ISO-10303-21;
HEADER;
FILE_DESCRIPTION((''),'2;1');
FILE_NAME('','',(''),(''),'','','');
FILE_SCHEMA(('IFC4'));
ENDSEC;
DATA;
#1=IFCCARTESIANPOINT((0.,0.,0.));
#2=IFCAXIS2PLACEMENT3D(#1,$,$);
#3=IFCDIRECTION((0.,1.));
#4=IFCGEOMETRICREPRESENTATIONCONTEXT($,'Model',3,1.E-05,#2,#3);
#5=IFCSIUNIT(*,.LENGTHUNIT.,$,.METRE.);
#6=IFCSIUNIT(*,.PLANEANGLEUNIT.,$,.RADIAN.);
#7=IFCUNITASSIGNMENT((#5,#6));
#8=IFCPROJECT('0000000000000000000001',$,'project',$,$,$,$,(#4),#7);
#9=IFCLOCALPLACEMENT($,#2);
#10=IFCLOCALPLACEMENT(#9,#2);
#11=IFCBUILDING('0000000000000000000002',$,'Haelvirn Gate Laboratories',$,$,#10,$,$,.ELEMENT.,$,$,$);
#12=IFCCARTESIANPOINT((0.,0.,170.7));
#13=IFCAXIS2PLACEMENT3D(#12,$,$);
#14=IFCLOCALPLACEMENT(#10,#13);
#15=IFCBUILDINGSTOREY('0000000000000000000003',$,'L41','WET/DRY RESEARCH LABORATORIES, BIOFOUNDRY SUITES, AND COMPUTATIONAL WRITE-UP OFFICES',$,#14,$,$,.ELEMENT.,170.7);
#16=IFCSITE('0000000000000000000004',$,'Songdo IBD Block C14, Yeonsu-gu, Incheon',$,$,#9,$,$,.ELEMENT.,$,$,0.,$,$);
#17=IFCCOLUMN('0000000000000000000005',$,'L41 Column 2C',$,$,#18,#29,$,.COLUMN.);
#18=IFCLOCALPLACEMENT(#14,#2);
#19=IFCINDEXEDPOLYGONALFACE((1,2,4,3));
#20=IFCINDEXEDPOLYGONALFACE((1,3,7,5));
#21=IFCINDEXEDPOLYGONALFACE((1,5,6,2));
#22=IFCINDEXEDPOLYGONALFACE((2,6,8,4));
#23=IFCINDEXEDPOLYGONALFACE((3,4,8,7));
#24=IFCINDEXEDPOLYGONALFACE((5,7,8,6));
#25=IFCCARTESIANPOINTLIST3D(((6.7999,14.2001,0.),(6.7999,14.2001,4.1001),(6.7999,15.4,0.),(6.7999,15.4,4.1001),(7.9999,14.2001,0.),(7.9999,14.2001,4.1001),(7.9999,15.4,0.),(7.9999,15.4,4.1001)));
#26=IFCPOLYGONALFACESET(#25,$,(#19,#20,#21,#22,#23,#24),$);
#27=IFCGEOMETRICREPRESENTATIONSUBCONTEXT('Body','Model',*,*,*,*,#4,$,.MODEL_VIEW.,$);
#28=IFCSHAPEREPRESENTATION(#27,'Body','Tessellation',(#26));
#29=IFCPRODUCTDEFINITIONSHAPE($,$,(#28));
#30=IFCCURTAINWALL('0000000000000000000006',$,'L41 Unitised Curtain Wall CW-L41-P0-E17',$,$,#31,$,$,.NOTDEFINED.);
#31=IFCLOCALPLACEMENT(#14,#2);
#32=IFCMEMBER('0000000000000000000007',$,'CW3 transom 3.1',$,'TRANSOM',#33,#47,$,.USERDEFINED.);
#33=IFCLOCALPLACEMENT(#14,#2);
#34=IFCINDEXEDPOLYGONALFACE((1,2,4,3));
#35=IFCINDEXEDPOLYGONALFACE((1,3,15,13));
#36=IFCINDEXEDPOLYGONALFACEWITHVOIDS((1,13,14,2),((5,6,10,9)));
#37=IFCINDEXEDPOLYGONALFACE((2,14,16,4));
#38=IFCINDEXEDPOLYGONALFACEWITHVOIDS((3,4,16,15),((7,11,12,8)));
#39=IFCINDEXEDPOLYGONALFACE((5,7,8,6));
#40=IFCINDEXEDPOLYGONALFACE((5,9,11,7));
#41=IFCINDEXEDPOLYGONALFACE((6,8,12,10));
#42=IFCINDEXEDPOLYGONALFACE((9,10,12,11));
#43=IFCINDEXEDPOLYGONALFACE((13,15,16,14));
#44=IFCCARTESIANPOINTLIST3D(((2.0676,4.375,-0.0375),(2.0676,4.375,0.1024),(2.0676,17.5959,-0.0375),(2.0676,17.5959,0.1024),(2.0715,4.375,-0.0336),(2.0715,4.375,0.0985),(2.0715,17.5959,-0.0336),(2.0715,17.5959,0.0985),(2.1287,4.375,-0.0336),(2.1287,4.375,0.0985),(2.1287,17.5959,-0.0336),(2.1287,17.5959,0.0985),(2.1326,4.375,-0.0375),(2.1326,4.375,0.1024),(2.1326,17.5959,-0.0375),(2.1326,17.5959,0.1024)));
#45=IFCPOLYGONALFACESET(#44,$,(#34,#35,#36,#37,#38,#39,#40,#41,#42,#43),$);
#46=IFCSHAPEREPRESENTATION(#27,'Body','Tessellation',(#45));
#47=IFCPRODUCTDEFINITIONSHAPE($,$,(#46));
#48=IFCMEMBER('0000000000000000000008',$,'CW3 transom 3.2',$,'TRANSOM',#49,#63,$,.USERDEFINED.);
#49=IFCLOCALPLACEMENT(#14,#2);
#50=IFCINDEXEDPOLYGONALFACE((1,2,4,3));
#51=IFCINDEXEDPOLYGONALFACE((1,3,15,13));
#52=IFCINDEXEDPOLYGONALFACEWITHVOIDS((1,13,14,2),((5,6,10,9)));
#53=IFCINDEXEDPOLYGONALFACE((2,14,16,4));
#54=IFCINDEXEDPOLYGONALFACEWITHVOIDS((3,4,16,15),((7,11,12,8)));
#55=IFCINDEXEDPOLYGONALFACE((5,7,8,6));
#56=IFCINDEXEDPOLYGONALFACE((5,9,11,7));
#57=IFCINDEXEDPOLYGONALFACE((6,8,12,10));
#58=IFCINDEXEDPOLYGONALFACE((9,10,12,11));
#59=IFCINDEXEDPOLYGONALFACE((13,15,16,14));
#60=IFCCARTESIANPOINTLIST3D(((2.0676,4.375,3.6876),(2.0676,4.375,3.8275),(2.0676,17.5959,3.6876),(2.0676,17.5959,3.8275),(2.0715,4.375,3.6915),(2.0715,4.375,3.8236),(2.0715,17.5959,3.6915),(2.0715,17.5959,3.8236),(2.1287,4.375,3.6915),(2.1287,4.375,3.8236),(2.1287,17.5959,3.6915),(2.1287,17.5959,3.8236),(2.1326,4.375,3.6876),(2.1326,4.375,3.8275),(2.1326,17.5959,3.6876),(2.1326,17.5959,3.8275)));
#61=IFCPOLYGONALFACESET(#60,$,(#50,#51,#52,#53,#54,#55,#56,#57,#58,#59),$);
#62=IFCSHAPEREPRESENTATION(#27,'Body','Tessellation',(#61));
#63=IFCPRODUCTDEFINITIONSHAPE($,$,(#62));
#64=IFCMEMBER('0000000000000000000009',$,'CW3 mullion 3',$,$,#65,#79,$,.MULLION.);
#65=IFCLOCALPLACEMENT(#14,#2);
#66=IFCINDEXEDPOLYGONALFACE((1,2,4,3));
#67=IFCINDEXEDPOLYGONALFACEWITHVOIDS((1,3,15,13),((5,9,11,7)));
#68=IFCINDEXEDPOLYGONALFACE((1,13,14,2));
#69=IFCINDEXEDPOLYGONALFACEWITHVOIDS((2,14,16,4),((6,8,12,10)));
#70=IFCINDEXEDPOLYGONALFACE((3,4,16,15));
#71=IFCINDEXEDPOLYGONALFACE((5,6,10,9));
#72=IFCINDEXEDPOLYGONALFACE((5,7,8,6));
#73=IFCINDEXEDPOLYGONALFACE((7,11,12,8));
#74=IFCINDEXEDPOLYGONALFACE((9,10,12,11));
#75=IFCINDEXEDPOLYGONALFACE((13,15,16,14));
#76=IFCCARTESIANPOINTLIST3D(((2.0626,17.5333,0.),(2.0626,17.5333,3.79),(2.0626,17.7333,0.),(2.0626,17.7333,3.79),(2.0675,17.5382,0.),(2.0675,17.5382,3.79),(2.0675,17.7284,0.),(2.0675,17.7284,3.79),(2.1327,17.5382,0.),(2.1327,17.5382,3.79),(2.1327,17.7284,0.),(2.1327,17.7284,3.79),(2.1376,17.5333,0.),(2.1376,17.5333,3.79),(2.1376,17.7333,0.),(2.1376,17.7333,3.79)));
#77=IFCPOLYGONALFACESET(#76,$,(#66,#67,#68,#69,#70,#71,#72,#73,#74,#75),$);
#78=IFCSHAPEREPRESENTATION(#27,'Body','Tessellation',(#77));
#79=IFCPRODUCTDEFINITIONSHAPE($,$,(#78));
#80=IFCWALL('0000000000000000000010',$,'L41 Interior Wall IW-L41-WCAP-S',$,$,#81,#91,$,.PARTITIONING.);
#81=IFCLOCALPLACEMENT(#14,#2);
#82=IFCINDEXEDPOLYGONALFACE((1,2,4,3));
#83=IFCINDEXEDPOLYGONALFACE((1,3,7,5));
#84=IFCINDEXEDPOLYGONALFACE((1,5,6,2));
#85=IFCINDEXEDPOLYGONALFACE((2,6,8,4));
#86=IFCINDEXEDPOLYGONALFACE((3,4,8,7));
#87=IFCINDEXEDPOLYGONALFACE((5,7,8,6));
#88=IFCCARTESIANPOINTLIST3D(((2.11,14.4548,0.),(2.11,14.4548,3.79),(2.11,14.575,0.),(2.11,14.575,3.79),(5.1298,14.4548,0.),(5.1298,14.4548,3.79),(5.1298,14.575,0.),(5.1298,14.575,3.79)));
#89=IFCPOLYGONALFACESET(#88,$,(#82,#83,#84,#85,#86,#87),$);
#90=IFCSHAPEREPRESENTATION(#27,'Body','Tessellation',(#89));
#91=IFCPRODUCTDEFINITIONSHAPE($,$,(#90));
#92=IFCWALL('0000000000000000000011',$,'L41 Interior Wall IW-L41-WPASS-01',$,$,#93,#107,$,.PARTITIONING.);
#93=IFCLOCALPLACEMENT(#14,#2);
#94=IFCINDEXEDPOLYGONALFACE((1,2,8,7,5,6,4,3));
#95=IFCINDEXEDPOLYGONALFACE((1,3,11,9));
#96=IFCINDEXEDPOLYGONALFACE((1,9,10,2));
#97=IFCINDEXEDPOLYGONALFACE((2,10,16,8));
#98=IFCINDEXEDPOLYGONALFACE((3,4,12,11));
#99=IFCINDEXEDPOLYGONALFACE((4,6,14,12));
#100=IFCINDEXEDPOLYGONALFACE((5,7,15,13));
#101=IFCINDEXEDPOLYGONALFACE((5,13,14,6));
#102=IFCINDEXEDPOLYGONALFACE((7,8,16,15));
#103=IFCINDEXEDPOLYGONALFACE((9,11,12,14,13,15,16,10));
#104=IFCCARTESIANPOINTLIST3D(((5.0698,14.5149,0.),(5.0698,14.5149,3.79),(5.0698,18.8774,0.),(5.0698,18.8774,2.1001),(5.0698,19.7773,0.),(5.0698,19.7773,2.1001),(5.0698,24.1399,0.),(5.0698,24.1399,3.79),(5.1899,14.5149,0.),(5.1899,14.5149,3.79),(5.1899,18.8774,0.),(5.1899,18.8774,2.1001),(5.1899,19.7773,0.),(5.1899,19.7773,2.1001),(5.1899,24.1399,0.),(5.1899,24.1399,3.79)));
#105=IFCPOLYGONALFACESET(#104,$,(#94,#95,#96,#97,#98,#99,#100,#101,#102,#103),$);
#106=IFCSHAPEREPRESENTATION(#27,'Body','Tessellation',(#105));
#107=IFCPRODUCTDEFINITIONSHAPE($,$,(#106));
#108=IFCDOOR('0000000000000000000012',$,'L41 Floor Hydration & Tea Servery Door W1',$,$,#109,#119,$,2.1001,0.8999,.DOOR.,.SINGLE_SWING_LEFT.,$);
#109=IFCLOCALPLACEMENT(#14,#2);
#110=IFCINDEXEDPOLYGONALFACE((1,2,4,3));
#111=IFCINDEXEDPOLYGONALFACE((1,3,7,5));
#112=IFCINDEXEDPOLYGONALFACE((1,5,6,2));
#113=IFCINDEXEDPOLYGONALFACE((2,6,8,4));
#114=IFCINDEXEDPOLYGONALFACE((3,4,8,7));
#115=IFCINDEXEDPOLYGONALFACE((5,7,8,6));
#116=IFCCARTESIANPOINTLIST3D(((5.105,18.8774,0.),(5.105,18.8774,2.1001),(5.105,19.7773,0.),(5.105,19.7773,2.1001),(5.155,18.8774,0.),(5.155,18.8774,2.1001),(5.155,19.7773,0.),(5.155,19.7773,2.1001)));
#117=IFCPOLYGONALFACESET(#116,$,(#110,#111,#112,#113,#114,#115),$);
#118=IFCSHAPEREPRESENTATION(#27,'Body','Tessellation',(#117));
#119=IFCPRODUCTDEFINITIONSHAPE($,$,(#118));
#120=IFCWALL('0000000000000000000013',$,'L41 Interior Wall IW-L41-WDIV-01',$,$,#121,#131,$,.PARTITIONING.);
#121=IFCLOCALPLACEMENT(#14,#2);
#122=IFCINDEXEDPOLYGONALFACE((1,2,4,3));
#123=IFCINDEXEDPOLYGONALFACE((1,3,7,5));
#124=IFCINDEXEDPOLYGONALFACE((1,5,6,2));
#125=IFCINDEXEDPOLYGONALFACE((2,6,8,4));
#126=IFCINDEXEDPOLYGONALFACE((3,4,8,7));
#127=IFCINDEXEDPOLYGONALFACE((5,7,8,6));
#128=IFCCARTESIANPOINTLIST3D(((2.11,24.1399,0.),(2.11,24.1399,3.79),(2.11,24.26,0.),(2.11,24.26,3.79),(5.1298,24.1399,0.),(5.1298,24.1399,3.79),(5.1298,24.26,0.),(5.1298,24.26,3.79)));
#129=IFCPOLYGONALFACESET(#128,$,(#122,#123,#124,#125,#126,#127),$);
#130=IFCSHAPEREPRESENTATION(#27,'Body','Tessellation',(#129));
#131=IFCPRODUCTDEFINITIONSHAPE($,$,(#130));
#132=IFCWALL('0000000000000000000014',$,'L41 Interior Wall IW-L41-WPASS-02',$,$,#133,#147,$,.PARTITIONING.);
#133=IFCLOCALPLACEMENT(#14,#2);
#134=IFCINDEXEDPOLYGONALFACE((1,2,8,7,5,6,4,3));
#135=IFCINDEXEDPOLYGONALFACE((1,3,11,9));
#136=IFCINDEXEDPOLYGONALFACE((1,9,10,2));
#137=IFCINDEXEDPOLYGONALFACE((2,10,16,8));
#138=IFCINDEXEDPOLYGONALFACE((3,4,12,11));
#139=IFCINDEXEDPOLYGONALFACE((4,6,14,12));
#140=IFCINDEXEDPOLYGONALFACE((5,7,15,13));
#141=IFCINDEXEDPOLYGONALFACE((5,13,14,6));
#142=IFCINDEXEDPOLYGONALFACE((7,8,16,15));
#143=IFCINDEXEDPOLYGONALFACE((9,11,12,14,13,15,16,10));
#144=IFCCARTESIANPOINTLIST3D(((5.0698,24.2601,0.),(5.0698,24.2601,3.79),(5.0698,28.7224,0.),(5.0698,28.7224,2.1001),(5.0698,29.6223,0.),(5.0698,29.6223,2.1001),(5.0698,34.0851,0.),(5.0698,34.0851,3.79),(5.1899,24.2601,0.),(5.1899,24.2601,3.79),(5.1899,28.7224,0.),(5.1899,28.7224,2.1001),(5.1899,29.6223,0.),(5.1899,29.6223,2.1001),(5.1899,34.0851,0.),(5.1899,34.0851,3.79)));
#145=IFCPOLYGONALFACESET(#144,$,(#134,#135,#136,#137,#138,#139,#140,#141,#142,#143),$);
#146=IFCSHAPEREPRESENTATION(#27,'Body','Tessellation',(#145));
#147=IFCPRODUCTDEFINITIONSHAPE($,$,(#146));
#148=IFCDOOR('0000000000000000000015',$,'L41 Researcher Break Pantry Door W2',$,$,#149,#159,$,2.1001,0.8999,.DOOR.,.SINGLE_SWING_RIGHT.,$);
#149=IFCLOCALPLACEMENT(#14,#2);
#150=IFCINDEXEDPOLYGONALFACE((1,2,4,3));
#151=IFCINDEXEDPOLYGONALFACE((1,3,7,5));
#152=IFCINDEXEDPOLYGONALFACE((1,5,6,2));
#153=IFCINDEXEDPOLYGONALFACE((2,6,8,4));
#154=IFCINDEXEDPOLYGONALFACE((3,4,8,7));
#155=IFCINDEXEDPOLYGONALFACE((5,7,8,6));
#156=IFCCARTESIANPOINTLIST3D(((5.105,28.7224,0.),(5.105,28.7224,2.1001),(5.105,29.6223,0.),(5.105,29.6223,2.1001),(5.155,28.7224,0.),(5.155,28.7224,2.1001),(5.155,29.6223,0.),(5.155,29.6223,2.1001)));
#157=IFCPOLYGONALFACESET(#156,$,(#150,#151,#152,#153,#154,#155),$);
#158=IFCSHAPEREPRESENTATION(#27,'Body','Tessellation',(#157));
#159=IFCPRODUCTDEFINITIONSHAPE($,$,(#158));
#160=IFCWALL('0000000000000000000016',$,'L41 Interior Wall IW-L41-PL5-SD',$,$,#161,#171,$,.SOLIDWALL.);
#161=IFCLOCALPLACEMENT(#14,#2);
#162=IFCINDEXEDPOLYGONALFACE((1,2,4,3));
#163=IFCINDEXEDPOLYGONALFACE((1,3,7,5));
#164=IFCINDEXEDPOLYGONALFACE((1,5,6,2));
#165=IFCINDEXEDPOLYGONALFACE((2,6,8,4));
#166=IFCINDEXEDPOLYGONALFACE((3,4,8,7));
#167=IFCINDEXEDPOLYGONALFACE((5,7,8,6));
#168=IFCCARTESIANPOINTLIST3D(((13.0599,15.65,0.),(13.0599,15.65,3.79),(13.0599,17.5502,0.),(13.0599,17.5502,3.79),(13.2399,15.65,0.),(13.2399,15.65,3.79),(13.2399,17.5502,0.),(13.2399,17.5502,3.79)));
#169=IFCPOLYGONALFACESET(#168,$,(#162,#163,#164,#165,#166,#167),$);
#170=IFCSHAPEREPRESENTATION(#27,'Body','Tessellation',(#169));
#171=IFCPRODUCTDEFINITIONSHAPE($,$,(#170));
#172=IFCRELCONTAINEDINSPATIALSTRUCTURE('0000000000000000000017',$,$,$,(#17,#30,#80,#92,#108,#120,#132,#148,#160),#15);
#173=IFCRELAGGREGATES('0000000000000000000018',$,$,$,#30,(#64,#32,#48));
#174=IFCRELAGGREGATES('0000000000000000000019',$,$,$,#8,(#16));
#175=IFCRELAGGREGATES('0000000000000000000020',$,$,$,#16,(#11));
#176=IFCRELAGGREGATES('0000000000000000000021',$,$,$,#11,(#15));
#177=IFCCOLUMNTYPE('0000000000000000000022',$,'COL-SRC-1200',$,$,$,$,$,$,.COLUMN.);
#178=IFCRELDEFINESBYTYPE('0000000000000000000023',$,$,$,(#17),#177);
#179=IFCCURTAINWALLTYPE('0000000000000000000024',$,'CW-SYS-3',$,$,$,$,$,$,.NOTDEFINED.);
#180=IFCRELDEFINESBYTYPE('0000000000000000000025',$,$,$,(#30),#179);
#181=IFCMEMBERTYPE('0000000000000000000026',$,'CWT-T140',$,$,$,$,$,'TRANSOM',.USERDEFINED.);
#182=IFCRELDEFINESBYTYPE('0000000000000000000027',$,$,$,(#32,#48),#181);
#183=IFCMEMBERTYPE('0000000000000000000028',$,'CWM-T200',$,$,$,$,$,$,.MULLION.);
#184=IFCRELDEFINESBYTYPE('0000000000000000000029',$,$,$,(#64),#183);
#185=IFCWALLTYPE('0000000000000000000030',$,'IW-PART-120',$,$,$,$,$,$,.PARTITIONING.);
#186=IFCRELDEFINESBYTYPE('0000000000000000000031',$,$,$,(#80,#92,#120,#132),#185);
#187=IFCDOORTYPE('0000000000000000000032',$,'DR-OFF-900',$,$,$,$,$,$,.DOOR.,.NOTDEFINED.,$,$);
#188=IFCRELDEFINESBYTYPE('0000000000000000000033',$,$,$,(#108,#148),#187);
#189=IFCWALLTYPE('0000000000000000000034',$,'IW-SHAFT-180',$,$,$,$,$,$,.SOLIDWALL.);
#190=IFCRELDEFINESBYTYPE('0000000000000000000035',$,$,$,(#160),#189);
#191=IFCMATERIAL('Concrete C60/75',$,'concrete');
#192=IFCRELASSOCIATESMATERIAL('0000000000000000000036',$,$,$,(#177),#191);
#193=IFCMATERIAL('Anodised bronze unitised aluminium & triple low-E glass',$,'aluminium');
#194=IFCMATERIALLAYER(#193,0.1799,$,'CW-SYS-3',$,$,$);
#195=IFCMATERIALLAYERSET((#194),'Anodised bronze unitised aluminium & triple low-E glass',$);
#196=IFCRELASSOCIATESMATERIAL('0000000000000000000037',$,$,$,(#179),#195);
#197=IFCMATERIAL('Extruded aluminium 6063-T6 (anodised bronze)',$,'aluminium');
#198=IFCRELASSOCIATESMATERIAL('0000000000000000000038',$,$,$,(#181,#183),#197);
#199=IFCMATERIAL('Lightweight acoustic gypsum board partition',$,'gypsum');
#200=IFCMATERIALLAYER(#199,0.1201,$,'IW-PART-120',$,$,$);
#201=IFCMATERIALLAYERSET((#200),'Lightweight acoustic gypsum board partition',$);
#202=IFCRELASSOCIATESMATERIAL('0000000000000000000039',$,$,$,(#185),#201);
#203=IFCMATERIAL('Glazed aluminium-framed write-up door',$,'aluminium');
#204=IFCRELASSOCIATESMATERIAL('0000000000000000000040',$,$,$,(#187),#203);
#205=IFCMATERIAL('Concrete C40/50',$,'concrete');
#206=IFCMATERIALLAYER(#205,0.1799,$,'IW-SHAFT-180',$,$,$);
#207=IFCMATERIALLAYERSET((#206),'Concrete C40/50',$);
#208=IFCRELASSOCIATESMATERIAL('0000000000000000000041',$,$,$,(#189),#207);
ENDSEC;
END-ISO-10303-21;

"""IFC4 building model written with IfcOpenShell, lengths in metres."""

from ifc_helpers import new_model, si_unit, direction, frame, frame_2d, origin, origin_2d, place, context, subcontext, project, spatial, rectangle, hollow_rectangle, extrude, source, transform, mapped, material, layer, layer_set, material_profile, profile_set, type_object, type_shapes, element, fill, aggregate, save


model = new_model("IFC4")

# Units and contexts
model_context = context("Model", 3, precision=1e-05, world=origin(), true_north=direction((0.0, 1.0)))
body_context = subcontext(model_context, "Body", "Model", "MODEL_VIEW")
ifc_project = project(units=[si_unit("LENGTHUNIT", "METRE"), si_unit("PLANEANGLEUNIT", "RADIAN")], contexts=[model_context])

# Site, building, storey
site_placement = place(None, origin())
site = spatial("IfcSite", under=ifc_project, at=site_placement, Name="Songdo IBD Block C14, Yeonsu-gu, Incheon", CompositionType="ELEMENT", RefElevation=0.0)
building_placement = place(site_placement, origin())
building = spatial("IfcBuilding", under=site, at=building_placement, Name="Haelvirn Gate Laboratories", CompositionType="ELEMENT")
storey_placement = place(building_placement, frame((0.0, 0.0, 170.7)))
storey = spatial("IfcBuildingStorey", under=building, at=storey_placement, Name="L41", Description="WET/DRY RESEARCH LABORATORIES, BIOFOUNDRY SUITES, AND COMPUTATIONAL WRITE-UP OFFICES", CompositionType="ELEMENT", Elevation=170.7)

# Column
ifc_material_1 = material(Name="Concrete C60/75", Category="concrete")
ifc_material_profile_1 = material_profile(ifc_material_1, rectangle(XDim=1.2, YDim=1.2, at=origin_2d()), Name="SRC-1200x1200")
ifc_profile_set_1 = profile_set([ifc_material_profile_1], Name="Concrete C60/75")
column_type = type_object("IfcColumnType", Name="COL-SRC-1200", PredefinedType="COLUMN", material=ifc_profile_set_1)
shared_shape_1 = source(origin(), body_context, "Body", "SweptSolid", [
    extrude(rectangle(XDim=1.2, YDim=1.2, at=origin_2d()), origin(), (0.0, 0.0, 1.0), 4.1001),
])
type_shapes(column_type, [shared_shape_1])
column_placement = place(storey_placement, frame((7.3999, 14.8, 0.0), z_axis=(0.0, 0.0, 1.0), x_axis=(1.0, 0.0, 0.0)))
element("IfcColumn", 1, at=column_placement, inside=storey, type_object=column_type, Name="L41 Column 2C", PredefinedType="COLUMN", context=body_context, shape_type="MappedRepresentation", body=[
    mapped(shared_shape_1, transform((0.0, 0.0, 0.0), scale=1.0)),
])

# Curtain wall, members
ifc_material_2 = material(Name="Anodised bronze unitised aluminium & triple low-E glass", Category="aluminium")
ifc_layer_1 = layer(ifc_material_2, 0.1799, Name="CW-SYS-3")
ifc_layer_set_1 = layer_set([ifc_layer_1], Name="Anodised bronze unitised aluminium & triple low-E glass")
curtain_wall_type = type_object("IfcCurtainWallType", Name="CW-SYS-3", PredefinedType="NOTDEFINED", material=ifc_layer_set_1)
curtain_wall_placement = place(storey_placement, origin())
curtain_wall = element("IfcCurtainWall", 2, at=curtain_wall_placement, inside=storey, type_object=curtain_wall_type, Name="L41 Unitised Curtain Wall CW-L41-P0-E17", PredefinedType="NOTDEFINED")
ifc_material_3 = material(Name="Extruded aluminium 6063-T6 (anodised bronze)", Category="aluminium")
ifc_material_profile_2 = material_profile(ifc_material_3, hollow_rectangle(XDim=0.0649, YDim=0.1399, WallThickness=0.0039, at=origin_2d()), Name="CWT-140x65x4")
ifc_profile_set_2 = profile_set([ifc_material_profile_2], Name="Extruded aluminium 6063-T6 (anodised bronze)")
member_type_1 = type_object("IfcMemberType", Name="CWT-T140", ElementType="TRANSOM", PredefinedType="USERDEFINED", material=ifc_profile_set_2)
shared_shape_2 = source(origin(), body_context, "Body", "SweptSolid", [
    extrude(hollow_rectangle(XDim=0.0649, YDim=0.1399, WallThickness=0.0039, at=origin_2d()), origin(), (0.0, 0.0, 1.0), 13.2209),
])
type_shapes(member_type_1, [shared_shape_2])
member_1_placement = place(storey_placement, frame((2.1001, 17.5959, 0.0325), z_axis=(0.0, -1.0, 0.0), x_axis=(1.0, 0.0, 0.0)))
member_1 = element("IfcMember", 3, at=member_1_placement, type_object=member_type_1, Name="CW3 transom 3.1", ObjectType="TRANSOM", PredefinedType="USERDEFINED", context=body_context, shape_type="MappedRepresentation", body=[
    mapped(shared_shape_2, transform((0.0, 0.0, 0.0), scale=1.0)),
])
member_2_placement = place(storey_placement, frame((2.1001, 17.5959, 3.7576), z_axis=(0.0, -1.0, 0.0), x_axis=(1.0, 0.0, 0.0)))
member_2 = element("IfcMember", 4, at=member_2_placement, type_object=member_type_1, Name="CW3 transom 3.2", ObjectType="TRANSOM", PredefinedType="USERDEFINED", context=body_context, shape_type="MappedRepresentation", body=[
    mapped(shared_shape_2, transform((0.0, 0.0, 0.0), scale=1.0)),
])
ifc_material_profile_3 = material_profile(ifc_material_3, hollow_rectangle(XDim=0.075, YDim=0.2, WallThickness=0.0049, at=origin_2d()), Name="CWM-200x75x5")
ifc_profile_set_3 = profile_set([ifc_material_profile_3], Name="Extruded aluminium 6063-T6 (anodised bronze)")
member_type_2 = type_object("IfcMemberType", Name="CWM-T200", PredefinedType="MULLION", material=ifc_profile_set_3)
shared_shape_3 = source(origin(), body_context, "Body", "SweptSolid", [
    extrude(hollow_rectangle(XDim=0.075, YDim=0.2, WallThickness=0.0049, at=origin_2d()), origin(), (0.0, 0.0, 1.0), 3.79),
])
type_shapes(member_type_2, [shared_shape_3])
member_3_placement = place(storey_placement, frame((2.1001, 17.6333, 0.0), z_axis=(0.0, 0.0, 1.0), x_axis=(1.0, 0.0, 0.0)))
member_3 = element("IfcMember", 5, at=member_3_placement, type_object=member_type_2, Name="CW3 mullion 3", PredefinedType="MULLION", context=body_context, shape_type="MappedRepresentation", body=[
    mapped(shared_shape_3, transform((0.0, 0.0, 0.0), scale=1.0)),
])
aggregate(curtain_wall, [member_3, member_1, member_2])

# Wall
ifc_material_4 = material(Name="Lightweight acoustic gypsum board partition", Category="gypsum")
ifc_layer_2 = layer(ifc_material_4, 0.1201, Name="IW-PART-120")
ifc_layer_set_2 = layer_set([ifc_layer_2], Name="Lightweight acoustic gypsum board partition")
wall_type_1 = type_object("IfcWallType", Name="IW-PART-120", PredefinedType="PARTITIONING", material=ifc_layer_set_2)
wall_1_placement = place(storey_placement, frame((2.1101, 14.5149, 0.0), z_axis=(0.0, 0.0, 1.0), x_axis=(1.0, 0.0, 0.0)))
element("IfcWall", 6, at=wall_1_placement, inside=storey, type_object=wall_type_1, Name="L41 Interior Wall IW-L41-WCAP-S", PredefinedType="PARTITIONING", context=body_context, shape_type="SweptSolid", body=[
    extrude(rectangle(XDim=3.0198, YDim=0.1201, at=frame_2d((1.5098, 0.0))), origin(), (0.0, 0.0, 1.0), 3.79),
])

# Wall, opening, door
wall_2_placement = place(storey_placement, frame((5.1299, 14.5149, 0.0), z_axis=(0.0, 0.0, 1.0), x_axis=(0.0, 1.0, 0.0)))
wall_2 = element("IfcWall", 7, at=wall_2_placement, inside=storey, type_object=wall_type_1, Name="L41 Interior Wall IW-L41-WPASS-01", PredefinedType="PARTITIONING", context=body_context, shape_type="SweptSolid", body=[
    extrude(rectangle(XDim=9.625, YDim=0.1201, at=frame_2d((4.8125, 0.0))), origin(), (0.0, 0.0, 1.0), 3.79),
])
opening_1_placement = place(wall_2_placement, frame((4.3625, 0.0, 0.0)))
opening_1 = element("IfcOpeningElement", 8, at=opening_1_placement, cuts=wall_2, PredefinedType="OPENING", context=body_context, shape_type="SweptSolid", body=[
    extrude(rectangle(XDim=0.8999, YDim=2.1001, at=frame_2d((0.45, 1.05))), frame((0.0, 0.0701, 0.0), z_axis=(0.0, -1.0, 0.0), x_axis=(1.0, 0.0, 0.0)), (0.0, 0.0, 1.0), 0.1401),
])
ifc_material_5 = material(Name="Glazed aluminium-framed write-up door", Category="aluminium")
door_type_1 = type_object("IfcDoorType", Name="DR-OFF-900", OperationType="NOTDEFINED", PredefinedType="DOOR", material=ifc_material_5)
shared_shape_4 = source(origin(), body_context, "Body", "SweptSolid", [
    extrude(rectangle(XDim=0.8999, YDim=2.1001, at=frame_2d((0.45, 1.05))), frame((0.0, 0.0249, 0.0), z_axis=(0.0, -1.0, 0.0), x_axis=(1.0, 0.0, 0.0)), (0.0, 0.0, 1.0), 0.05),
])
type_shapes(door_type_1, [shared_shape_4])
door_1_placement = place(opening_1_placement, origin())
door_1 = element("IfcDoor", 9, at=door_1_placement, inside=storey, type_object=door_type_1, Name="L41 Floor Hydration & Tea Servery Door W1", OperationType="SINGLE_SWING_LEFT", OverallHeight=2.1001, OverallWidth=0.8999, PredefinedType="DOOR", context=body_context, shape_type="MappedRepresentation", body=[
    mapped(shared_shape_4, transform((0.0, 0.0, 0.0), scale=1.0)),
])
fill(opening_1, door_1)

# Wall
wall_3_placement = place(storey_placement, frame((2.1101, 24.2, 0.0), z_axis=(0.0, 0.0, 1.0), x_axis=(1.0, 0.0, 0.0)))
element("IfcWall", 10, at=wall_3_placement, inside=storey, type_object=wall_type_1, Name="L41 Interior Wall IW-L41-WDIV-01", PredefinedType="PARTITIONING", context=body_context, shape_type="SweptSolid", body=[
    extrude(rectangle(XDim=3.0198, YDim=0.1201, at=frame_2d((1.5098, 0.0))), origin(), (0.0, 0.0, 1.0), 3.79),
])

# Wall, opening, door
wall_4_placement = place(storey_placement, frame((5.1299, 24.26, 0.0), z_axis=(0.0, 0.0, 1.0), x_axis=(0.0, 1.0, 0.0)))
wall_4 = element("IfcWall", 11, at=wall_4_placement, inside=storey, type_object=wall_type_1, Name="L41 Interior Wall IW-L41-WPASS-02", PredefinedType="PARTITIONING", context=body_context, shape_type="SweptSolid", body=[
    extrude(rectangle(XDim=9.825, YDim=0.1201, at=frame_2d((4.9126, 0.0))), origin(), (0.0, 0.0, 1.0), 3.79),
])
opening_2_placement = place(wall_4_placement, frame((4.4624, 0.0, 0.0)))
opening_2 = element("IfcOpeningElement", 12, at=opening_2_placement, cuts=wall_4, PredefinedType="OPENING", context=body_context, shape_type="SweptSolid", body=[
    extrude(rectangle(XDim=0.8999, YDim=2.1001, at=frame_2d((0.45, 1.05))), frame((0.0, 0.0701, 0.0), z_axis=(0.0, -1.0, 0.0), x_axis=(1.0, 0.0, 0.0)), (0.0, 0.0, 1.0), 0.1401),
])
door_2_placement = place(opening_2_placement, origin())
door_2 = element("IfcDoor", 13, at=door_2_placement, inside=storey, type_object=door_type_1, Name="L41 Researcher Break Pantry Door W2", OperationType="SINGLE_SWING_RIGHT", OverallHeight=2.1001, OverallWidth=0.8999, PredefinedType="DOOR", context=body_context, shape_type="MappedRepresentation", body=[
    mapped(shared_shape_4, transform((0.0, 0.0, 0.0), scale=1.0)),
])
fill(opening_2, door_2)

# Wall
ifc_material_6 = material(Name="Concrete C40/50", Category="concrete")
ifc_layer_3 = layer(ifc_material_6, 0.1799, Name="IW-SHAFT-180")
ifc_layer_set_3 = layer_set([ifc_layer_3], Name="Concrete C40/50")
wall_type_2 = type_object("IfcWallType", Name="IW-SHAFT-180", PredefinedType="SOLIDWALL", material=ifc_layer_set_3)
wall_5_placement = place(storey_placement, frame((13.1499, 15.6499, 0.0), z_axis=(0.0, 0.0, 1.0), x_axis=(0.0, 1.0, 0.0)))
element("IfcWall", 14, at=wall_5_placement, inside=storey, type_object=wall_type_2, Name="L41 Interior Wall IW-L41-PL5-SD", PredefinedType="SOLIDWALL", context=body_context, shape_type="SweptSolid", body=[
    extrude(rectangle(XDim=1.9001, YDim=0.1799, at=frame_2d((0.9502, 0.0))), origin(), (0.0, 0.0, 1.0), 3.79),
])

save(model, "model.ifc")
